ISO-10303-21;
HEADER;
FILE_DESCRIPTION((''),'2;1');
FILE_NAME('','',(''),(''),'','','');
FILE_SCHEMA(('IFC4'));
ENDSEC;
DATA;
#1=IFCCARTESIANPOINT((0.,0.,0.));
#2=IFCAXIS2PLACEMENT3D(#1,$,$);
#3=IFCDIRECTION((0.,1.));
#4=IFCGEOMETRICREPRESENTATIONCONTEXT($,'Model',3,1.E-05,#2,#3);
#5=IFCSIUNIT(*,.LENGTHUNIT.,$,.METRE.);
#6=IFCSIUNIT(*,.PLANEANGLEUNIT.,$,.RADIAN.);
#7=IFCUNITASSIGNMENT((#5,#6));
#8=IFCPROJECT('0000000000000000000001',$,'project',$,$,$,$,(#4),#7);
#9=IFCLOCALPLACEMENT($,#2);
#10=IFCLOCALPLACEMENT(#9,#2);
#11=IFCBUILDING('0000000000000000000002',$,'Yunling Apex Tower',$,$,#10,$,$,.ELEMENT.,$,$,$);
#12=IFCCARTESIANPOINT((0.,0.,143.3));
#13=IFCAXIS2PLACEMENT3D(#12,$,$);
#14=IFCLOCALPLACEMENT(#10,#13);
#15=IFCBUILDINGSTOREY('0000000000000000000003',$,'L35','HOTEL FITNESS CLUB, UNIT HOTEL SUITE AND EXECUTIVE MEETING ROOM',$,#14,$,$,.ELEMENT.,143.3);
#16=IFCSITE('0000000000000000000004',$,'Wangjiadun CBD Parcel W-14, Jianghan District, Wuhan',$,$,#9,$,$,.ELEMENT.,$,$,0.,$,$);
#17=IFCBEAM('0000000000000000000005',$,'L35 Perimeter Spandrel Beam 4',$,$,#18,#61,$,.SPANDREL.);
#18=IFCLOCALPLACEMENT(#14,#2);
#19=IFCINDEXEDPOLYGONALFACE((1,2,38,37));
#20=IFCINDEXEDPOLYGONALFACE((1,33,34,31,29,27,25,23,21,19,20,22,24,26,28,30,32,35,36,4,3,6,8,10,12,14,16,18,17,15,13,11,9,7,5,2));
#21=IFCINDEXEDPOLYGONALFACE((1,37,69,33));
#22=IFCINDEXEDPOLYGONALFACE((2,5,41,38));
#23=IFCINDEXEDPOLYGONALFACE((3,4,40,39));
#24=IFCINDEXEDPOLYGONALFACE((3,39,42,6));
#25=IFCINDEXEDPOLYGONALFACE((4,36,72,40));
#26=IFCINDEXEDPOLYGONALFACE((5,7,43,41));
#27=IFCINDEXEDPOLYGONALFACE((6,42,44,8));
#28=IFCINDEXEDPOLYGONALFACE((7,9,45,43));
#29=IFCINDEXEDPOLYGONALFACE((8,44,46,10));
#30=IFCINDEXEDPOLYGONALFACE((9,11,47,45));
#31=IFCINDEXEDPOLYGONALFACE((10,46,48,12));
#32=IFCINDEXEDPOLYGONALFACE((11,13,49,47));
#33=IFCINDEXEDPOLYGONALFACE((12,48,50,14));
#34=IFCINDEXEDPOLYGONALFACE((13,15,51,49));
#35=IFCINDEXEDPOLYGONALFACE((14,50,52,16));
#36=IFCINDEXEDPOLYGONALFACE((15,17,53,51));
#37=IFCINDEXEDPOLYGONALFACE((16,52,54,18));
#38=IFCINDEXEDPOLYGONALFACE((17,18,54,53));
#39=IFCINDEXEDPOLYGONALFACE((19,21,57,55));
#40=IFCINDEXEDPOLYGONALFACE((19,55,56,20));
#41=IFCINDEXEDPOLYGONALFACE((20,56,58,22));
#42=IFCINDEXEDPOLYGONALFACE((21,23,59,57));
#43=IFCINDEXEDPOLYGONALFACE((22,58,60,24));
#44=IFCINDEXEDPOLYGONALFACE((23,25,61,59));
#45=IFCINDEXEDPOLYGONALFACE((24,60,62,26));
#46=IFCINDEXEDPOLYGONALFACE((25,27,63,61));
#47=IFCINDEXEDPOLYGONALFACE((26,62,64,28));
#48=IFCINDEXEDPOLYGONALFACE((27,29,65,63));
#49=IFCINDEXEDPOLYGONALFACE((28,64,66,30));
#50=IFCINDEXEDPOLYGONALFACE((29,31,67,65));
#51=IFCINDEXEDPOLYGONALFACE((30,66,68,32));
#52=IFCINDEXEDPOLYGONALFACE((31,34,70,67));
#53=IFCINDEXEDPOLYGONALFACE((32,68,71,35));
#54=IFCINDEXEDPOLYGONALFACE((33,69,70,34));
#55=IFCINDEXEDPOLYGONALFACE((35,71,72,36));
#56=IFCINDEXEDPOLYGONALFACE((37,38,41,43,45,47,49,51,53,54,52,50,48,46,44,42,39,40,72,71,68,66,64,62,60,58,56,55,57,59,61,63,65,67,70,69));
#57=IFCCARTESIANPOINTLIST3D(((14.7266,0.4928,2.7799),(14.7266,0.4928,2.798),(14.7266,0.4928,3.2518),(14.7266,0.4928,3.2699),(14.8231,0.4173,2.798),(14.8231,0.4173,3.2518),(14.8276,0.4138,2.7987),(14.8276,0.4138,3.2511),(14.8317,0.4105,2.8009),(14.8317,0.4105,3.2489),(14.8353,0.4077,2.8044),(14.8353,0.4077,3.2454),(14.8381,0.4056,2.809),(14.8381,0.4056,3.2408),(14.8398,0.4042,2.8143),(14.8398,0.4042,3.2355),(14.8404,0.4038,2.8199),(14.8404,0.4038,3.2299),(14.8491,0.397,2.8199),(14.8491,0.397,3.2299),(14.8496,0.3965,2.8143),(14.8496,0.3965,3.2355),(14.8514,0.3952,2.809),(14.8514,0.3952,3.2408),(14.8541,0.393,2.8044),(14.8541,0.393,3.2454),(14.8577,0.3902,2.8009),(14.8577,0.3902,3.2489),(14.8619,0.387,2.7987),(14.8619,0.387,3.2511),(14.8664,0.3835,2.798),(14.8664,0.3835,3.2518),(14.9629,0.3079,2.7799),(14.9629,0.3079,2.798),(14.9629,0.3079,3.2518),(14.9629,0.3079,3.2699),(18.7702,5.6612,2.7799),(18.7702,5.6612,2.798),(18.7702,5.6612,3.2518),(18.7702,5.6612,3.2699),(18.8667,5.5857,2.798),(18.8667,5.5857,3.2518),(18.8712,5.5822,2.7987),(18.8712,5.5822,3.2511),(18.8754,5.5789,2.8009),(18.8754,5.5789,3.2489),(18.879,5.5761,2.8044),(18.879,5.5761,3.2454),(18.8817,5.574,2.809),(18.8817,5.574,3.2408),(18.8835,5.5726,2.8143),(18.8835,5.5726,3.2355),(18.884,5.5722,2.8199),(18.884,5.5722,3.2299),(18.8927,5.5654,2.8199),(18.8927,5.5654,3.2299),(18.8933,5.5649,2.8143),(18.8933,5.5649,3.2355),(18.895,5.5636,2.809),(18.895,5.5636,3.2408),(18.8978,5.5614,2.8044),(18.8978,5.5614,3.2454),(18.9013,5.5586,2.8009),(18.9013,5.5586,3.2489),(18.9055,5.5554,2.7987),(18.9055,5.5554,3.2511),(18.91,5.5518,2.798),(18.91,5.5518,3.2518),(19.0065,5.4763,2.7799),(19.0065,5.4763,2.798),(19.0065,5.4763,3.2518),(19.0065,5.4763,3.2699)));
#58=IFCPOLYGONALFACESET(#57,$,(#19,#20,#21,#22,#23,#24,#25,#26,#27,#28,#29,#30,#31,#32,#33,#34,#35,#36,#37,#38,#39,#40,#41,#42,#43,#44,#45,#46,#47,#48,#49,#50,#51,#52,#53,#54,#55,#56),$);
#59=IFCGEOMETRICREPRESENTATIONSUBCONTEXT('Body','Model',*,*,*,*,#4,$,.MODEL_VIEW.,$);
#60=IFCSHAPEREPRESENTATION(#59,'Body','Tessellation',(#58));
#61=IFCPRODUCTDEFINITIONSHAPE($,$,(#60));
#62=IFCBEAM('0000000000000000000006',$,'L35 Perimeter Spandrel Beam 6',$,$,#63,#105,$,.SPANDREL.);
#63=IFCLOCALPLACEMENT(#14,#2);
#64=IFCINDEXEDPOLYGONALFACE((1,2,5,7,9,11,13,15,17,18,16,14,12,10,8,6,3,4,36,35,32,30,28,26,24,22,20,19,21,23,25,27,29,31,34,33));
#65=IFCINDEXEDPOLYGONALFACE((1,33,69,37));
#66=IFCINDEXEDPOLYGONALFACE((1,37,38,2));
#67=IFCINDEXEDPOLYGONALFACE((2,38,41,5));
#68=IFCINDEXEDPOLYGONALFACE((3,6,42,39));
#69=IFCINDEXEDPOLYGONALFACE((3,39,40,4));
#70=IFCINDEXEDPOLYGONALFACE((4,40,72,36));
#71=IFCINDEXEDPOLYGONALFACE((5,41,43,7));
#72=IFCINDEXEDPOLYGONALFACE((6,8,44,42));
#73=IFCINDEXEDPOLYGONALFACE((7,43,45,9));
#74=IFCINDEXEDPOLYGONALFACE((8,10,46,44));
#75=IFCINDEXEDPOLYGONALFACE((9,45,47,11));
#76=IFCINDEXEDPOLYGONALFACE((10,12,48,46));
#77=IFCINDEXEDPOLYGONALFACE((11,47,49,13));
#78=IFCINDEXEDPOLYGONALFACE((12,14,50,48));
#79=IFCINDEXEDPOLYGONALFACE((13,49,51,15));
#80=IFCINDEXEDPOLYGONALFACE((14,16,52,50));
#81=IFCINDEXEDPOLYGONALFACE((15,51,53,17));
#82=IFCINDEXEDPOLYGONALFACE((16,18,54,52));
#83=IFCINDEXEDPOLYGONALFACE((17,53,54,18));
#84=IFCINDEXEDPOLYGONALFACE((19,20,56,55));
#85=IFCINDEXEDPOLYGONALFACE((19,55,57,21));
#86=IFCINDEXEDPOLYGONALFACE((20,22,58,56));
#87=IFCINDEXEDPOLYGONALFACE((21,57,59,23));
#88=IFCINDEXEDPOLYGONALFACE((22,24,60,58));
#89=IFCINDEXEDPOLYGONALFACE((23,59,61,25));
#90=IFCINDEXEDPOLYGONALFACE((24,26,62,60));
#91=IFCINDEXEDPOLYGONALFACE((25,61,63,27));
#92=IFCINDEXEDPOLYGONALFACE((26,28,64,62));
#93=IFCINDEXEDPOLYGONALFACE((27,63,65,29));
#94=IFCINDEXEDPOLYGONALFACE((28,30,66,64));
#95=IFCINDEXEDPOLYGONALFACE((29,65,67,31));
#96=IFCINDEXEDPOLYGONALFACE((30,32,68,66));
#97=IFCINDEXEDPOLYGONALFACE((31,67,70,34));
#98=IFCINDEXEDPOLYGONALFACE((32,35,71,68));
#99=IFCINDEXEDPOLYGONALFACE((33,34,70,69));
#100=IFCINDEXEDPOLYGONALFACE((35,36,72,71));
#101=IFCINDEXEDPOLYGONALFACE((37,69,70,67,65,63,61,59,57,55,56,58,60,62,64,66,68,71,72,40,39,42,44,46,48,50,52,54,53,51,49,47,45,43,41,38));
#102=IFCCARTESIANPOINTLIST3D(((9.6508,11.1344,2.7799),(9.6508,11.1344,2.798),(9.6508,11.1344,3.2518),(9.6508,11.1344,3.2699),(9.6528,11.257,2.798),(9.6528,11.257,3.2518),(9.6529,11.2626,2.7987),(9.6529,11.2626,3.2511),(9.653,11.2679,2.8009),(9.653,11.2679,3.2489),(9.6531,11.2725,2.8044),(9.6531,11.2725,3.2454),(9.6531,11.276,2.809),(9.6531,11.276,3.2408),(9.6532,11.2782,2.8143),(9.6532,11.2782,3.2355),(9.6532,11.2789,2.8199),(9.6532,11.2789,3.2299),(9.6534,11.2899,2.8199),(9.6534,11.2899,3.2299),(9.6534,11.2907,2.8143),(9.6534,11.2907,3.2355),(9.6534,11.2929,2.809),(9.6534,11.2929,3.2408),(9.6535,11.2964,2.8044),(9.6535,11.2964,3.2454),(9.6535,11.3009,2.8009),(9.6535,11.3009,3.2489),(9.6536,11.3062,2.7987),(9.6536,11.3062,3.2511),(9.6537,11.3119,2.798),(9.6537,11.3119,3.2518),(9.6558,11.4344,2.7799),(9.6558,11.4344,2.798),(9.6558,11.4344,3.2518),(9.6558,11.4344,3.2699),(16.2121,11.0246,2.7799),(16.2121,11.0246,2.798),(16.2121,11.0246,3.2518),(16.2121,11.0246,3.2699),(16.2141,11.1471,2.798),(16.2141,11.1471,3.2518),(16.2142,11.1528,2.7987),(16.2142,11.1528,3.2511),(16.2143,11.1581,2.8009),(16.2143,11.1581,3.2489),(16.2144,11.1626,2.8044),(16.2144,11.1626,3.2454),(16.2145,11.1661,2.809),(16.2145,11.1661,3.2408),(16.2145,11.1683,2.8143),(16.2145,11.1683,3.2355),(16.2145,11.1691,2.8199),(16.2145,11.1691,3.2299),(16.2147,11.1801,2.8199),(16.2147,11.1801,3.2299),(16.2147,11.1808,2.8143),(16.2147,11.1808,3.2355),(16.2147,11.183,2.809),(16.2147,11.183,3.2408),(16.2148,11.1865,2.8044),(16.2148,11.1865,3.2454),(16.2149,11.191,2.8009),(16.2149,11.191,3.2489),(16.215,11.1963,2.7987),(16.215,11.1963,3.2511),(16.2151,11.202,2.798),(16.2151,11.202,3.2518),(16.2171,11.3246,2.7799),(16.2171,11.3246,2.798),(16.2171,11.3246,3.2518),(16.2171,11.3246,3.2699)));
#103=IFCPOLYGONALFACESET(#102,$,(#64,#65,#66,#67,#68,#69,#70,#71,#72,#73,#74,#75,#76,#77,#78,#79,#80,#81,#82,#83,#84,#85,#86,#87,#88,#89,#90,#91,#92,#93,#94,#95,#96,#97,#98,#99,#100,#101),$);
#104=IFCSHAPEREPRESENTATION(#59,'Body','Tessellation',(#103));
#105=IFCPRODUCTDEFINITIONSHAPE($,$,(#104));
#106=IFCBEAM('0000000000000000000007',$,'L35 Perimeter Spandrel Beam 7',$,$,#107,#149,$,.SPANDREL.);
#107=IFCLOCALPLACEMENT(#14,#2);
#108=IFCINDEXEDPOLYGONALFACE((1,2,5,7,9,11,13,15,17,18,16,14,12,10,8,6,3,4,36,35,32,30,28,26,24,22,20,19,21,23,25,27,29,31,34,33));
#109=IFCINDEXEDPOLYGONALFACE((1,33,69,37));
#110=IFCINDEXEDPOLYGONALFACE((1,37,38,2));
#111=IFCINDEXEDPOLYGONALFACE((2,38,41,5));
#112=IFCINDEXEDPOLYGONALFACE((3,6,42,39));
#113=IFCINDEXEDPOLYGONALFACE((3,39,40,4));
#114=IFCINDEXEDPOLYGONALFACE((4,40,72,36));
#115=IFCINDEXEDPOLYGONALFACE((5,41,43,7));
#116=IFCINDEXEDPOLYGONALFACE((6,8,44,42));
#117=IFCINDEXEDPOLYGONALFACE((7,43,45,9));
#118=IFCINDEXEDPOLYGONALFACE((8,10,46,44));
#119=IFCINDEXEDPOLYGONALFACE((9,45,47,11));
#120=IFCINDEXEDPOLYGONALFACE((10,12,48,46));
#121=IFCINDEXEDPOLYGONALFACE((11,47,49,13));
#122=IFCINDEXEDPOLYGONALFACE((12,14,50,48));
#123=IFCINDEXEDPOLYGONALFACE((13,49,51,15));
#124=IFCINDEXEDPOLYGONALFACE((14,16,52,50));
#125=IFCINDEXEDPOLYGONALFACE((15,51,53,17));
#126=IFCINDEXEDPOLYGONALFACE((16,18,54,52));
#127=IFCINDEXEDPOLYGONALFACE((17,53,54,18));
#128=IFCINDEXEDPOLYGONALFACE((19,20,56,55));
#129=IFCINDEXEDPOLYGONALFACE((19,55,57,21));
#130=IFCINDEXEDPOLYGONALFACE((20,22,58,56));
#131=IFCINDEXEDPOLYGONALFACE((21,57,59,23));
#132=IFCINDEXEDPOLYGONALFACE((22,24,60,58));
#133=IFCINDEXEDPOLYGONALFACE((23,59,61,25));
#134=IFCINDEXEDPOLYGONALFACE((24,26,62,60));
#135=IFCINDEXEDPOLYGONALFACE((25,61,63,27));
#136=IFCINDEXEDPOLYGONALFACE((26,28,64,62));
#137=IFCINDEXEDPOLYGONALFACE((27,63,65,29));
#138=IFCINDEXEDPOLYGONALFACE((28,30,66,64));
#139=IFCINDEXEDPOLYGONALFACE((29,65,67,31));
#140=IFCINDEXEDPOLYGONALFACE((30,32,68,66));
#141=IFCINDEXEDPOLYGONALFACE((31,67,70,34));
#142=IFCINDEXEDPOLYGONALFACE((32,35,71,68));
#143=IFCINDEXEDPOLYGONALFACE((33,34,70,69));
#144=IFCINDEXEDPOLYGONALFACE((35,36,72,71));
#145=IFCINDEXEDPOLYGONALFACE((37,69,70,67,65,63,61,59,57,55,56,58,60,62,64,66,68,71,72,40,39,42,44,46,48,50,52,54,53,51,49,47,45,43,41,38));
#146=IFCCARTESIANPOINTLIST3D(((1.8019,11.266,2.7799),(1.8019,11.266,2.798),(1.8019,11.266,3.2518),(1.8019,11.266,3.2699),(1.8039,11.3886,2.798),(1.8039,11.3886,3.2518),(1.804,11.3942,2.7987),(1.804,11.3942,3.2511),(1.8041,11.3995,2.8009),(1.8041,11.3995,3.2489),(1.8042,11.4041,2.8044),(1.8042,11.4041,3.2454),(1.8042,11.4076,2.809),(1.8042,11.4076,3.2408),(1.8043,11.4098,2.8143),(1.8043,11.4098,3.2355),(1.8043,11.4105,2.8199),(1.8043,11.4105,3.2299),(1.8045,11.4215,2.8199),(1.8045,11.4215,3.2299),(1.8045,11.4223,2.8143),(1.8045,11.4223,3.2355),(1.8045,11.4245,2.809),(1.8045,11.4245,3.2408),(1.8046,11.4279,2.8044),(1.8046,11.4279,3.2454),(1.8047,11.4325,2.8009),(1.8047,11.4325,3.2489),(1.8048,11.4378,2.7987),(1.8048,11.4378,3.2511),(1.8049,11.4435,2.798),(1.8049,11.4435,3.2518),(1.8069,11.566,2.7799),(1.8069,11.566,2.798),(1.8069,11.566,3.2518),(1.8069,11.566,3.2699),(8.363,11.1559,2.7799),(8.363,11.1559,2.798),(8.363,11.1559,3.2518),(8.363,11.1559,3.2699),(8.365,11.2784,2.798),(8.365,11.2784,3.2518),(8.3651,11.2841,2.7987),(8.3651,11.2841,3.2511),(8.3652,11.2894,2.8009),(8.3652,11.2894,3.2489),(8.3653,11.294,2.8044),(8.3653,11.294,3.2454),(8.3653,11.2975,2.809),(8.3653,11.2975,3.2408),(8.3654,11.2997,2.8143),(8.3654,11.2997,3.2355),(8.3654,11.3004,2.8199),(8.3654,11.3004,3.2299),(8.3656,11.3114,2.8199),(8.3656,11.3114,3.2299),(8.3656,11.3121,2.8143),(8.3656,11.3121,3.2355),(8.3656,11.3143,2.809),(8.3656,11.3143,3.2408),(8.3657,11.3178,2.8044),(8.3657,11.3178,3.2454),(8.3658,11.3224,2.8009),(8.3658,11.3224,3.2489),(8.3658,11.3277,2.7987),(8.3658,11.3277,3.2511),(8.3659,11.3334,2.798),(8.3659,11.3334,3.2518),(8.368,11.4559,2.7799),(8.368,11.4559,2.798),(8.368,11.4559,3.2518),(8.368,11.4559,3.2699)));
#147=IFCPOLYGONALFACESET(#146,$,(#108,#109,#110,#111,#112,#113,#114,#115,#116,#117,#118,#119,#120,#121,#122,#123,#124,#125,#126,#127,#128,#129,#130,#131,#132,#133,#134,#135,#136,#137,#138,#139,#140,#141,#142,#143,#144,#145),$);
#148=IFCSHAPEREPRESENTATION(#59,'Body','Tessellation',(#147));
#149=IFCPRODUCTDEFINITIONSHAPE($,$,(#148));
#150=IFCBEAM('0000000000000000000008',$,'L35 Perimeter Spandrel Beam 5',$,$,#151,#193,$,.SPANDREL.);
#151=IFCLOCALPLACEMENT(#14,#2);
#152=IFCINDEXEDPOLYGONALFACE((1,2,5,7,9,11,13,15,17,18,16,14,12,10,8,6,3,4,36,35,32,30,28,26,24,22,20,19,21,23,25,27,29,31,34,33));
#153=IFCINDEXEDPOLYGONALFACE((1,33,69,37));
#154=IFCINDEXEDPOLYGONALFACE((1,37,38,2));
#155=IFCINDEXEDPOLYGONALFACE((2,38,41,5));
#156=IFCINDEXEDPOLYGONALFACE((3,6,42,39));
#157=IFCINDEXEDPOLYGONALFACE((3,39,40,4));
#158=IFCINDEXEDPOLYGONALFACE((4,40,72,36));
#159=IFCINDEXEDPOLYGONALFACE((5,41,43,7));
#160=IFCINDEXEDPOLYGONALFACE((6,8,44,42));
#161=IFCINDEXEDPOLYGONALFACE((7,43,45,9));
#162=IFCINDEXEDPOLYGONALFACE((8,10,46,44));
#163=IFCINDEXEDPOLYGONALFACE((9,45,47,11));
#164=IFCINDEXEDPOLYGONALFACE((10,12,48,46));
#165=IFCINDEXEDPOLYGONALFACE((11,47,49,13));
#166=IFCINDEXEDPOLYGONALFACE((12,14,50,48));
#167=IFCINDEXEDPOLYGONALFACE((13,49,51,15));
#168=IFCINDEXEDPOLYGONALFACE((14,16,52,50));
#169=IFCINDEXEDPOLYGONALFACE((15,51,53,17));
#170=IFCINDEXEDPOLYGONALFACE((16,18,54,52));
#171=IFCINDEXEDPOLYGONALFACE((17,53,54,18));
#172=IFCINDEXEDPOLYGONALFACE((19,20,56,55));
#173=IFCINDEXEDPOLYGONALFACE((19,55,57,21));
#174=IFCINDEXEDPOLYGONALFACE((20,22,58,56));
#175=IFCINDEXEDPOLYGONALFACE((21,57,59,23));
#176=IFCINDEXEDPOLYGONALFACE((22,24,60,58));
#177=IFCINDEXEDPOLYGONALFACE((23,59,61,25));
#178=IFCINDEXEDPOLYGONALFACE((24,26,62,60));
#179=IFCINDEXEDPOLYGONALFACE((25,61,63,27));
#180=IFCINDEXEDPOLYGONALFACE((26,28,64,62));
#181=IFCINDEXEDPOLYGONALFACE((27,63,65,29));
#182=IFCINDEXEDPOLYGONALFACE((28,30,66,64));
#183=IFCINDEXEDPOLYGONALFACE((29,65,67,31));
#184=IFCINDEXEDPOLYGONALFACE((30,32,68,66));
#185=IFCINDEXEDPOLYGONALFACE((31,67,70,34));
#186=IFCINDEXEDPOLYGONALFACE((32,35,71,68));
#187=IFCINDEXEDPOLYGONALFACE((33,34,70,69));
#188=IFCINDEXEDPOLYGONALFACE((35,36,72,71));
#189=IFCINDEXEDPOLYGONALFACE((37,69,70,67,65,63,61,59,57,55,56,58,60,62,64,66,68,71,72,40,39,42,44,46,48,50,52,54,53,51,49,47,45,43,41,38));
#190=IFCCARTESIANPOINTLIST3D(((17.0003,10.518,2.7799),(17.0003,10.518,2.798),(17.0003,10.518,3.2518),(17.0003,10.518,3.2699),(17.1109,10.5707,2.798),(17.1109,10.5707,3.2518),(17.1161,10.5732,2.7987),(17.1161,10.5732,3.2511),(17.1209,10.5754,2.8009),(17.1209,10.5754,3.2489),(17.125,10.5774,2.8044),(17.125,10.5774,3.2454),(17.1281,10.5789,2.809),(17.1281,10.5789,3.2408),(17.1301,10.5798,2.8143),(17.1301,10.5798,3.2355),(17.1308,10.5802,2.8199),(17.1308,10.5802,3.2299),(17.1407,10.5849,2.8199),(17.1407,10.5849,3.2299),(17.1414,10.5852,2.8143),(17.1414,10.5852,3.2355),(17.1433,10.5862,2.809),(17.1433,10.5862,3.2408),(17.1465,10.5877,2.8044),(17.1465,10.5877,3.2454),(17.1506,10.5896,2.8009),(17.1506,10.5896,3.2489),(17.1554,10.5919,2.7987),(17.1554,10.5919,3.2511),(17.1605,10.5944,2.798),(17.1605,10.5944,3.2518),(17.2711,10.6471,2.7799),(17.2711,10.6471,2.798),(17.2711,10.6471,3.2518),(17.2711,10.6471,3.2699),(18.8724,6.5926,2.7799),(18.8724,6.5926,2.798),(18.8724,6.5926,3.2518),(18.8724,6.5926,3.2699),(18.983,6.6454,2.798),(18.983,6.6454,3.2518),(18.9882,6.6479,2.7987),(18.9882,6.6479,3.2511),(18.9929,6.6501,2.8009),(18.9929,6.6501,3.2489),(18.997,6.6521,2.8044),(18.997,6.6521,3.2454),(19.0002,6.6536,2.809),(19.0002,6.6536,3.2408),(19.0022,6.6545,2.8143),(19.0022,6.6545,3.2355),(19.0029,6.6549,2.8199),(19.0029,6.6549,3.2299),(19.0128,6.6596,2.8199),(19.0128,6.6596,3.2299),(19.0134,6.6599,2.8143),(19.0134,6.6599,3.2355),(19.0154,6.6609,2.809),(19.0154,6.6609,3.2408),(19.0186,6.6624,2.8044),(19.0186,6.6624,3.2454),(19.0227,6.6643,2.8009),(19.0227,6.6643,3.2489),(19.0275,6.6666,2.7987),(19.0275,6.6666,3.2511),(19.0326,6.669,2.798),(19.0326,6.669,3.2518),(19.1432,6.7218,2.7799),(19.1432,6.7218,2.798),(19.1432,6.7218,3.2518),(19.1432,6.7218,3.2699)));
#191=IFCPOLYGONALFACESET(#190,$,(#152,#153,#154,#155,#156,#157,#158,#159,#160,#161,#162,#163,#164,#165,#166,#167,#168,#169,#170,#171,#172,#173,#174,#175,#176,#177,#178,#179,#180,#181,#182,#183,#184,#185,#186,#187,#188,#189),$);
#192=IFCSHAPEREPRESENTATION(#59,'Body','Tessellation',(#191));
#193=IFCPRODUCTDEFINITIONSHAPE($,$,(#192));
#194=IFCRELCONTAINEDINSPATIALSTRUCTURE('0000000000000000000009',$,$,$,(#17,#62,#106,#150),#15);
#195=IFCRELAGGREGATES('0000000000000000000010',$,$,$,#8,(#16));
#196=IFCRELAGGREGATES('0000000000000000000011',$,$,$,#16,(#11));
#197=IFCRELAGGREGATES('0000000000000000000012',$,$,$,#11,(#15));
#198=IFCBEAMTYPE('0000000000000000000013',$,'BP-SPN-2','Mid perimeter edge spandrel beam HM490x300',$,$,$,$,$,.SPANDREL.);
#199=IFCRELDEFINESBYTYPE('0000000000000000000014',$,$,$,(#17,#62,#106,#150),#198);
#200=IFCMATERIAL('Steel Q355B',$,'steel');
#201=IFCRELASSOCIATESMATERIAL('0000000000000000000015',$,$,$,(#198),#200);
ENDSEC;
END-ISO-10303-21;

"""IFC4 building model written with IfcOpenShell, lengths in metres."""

from ifc_helpers import new_model, si_unit, direction, frame, origin, origin_2d, place, context, subcontext, project, spatial, i_section, extrude, source, transform, mapped, material, material_profile, profile_set, type_object, element, save


model = new_model("IFC4")

# Units and contexts
model_context = context("Model", 3, precision=1e-05, world=origin(), true_north=direction((0.0, 1.0)))
body_context = subcontext(model_context, "Body", "Model", "MODEL_VIEW")
ifc_project = project(units=[si_unit("LENGTHUNIT", "METRE"), si_unit("PLANEANGLEUNIT", "RADIAN")], contexts=[model_context])

# Site, building, storey
site_placement = place(None, origin())
site = spatial("IfcSite", under=ifc_project, at=site_placement, Name="Wangjiadun CBD Parcel W-14, Jianghan District, Wuhan", CompositionType="ELEMENT", RefElevation=0.0)
building_placement = place(site_placement, origin())
building = spatial("IfcBuilding", under=site, at=building_placement, Name="Yunling Apex Tower", CompositionType="ELEMENT")
storey_placement = place(building_placement, frame((0.0, 0.0, 143.3)))
storey = spatial("IfcBuildingStorey", under=building, at=storey_placement, Name="L35", Description="HOTEL FITNESS CLUB, UNIT HOTEL SUITE AND EXECUTIVE MEETING ROOM", CompositionType="ELEMENT", Elevation=143.3)

# Beams
ifc_material_1 = material(Name="Steel Q355B", Category="steel")
ifc_material_profile_1 = material_profile(ifc_material_1, i_section(OverallWidth=0.3, OverallDepth=0.49, WebThickness=0.011, FlangeThickness=0.0181, FilletRadius=0.022, at=origin_2d()))
ifc_profile_set_1 = profile_set([ifc_material_profile_1], Name="Steel Q355B")
beam_type_1 = type_object("IfcBeamType", Name="BP-SPN-2", Description="Mid perimeter edge spandrel beam HM490x300", PredefinedType="SPANDREL", material=ifc_profile_set_1)
shared_shape_1 = source(origin(), body_context, "Body", "SweptSolid", [
    extrude(i_section(OverallWidth=0.3, OverallDepth=0.49, WebThickness=0.011, FlangeThickness=0.0181, FilletRadius=0.022, at=origin_2d()), origin(), (0.0, 0.0, 1.0), 6.5623),
])
for number, where, z_axis, x_axis, name in (
    (1, (14.8447, 0.4004, 3.0249), (0.616197, 0.787592, 0.0), (-0.787592, 0.616197, 0.0), "L35 Perimeter Spandrel Beam 4"),
    (2, (16.2146, 11.1746, 3.0249), (-0.99986, 0.016742, 0.0), (-0.016742, -0.99986, 0.0), "L35 Perimeter Spandrel Beam 6"),
):
    element("IfcBeam", number, at=place(storey_placement, frame(where, z_axis=z_axis, x_axis=x_axis)), inside=storey, type_object=beam_type_1, Name=name, PredefinedType="SPANDREL", context=body_context, shape_type="MappedRepresentation", body=[
        mapped(shared_shape_1, transform((0.0, 0.0, 0.0), scale=1.0)),
    ])
shared_shape_2 = source(origin(), body_context, "Body", "SweptSolid", [
    extrude(i_section(OverallWidth=0.3, OverallDepth=0.49, WebThickness=0.011, FlangeThickness=0.0181, FilletRadius=0.022, at=origin_2d()), origin(), (0.0, 0.0, 1.0), 6.562),
])
beam_1_placement = place(storey_placement, frame((8.3655, 11.3059, 3.0249), z_axis=(-0.999859, 0.01678, 0.0), x_axis=(-0.01678, -0.999859, 0.0)))
element("IfcBeam", 3, at=beam_1_placement, inside=storey, type_object=beam_type_1, Name="L35 Perimeter Spandrel Beam 7", PredefinedType="SPANDREL", context=body_context, shape_type="MappedRepresentation", body=[
    mapped(shared_shape_2, transform((0.0, 0.0, 0.0), scale=1.0)),
])
shared_shape_3 = source(origin(), body_context, "Body", "SweptSolid", [
    extrude(i_section(OverallWidth=0.3, OverallDepth=0.49, WebThickness=0.011, FlangeThickness=0.0181, FilletRadius=0.022, at=origin_2d()), origin(), (0.0, 0.0, 1.0), 4.3489),
])
beam_2_placement = place(storey_placement, frame((19.0078, 6.6572, 3.0249), z_axis=(-0.430474, 0.902603, 0.0), x_axis=(-0.902603, -0.430474, 0.0)))
element("IfcBeam", 4, at=beam_2_placement, inside=storey, type_object=beam_type_1, Name="L35 Perimeter Spandrel Beam 5", PredefinedType="SPANDREL", context=body_context, shape_type="MappedRepresentation", body=[
    mapped(shared_shape_3, transform((0.0, 0.0, 0.0), scale=1.0)),
])

save(model, "model.ifc")
